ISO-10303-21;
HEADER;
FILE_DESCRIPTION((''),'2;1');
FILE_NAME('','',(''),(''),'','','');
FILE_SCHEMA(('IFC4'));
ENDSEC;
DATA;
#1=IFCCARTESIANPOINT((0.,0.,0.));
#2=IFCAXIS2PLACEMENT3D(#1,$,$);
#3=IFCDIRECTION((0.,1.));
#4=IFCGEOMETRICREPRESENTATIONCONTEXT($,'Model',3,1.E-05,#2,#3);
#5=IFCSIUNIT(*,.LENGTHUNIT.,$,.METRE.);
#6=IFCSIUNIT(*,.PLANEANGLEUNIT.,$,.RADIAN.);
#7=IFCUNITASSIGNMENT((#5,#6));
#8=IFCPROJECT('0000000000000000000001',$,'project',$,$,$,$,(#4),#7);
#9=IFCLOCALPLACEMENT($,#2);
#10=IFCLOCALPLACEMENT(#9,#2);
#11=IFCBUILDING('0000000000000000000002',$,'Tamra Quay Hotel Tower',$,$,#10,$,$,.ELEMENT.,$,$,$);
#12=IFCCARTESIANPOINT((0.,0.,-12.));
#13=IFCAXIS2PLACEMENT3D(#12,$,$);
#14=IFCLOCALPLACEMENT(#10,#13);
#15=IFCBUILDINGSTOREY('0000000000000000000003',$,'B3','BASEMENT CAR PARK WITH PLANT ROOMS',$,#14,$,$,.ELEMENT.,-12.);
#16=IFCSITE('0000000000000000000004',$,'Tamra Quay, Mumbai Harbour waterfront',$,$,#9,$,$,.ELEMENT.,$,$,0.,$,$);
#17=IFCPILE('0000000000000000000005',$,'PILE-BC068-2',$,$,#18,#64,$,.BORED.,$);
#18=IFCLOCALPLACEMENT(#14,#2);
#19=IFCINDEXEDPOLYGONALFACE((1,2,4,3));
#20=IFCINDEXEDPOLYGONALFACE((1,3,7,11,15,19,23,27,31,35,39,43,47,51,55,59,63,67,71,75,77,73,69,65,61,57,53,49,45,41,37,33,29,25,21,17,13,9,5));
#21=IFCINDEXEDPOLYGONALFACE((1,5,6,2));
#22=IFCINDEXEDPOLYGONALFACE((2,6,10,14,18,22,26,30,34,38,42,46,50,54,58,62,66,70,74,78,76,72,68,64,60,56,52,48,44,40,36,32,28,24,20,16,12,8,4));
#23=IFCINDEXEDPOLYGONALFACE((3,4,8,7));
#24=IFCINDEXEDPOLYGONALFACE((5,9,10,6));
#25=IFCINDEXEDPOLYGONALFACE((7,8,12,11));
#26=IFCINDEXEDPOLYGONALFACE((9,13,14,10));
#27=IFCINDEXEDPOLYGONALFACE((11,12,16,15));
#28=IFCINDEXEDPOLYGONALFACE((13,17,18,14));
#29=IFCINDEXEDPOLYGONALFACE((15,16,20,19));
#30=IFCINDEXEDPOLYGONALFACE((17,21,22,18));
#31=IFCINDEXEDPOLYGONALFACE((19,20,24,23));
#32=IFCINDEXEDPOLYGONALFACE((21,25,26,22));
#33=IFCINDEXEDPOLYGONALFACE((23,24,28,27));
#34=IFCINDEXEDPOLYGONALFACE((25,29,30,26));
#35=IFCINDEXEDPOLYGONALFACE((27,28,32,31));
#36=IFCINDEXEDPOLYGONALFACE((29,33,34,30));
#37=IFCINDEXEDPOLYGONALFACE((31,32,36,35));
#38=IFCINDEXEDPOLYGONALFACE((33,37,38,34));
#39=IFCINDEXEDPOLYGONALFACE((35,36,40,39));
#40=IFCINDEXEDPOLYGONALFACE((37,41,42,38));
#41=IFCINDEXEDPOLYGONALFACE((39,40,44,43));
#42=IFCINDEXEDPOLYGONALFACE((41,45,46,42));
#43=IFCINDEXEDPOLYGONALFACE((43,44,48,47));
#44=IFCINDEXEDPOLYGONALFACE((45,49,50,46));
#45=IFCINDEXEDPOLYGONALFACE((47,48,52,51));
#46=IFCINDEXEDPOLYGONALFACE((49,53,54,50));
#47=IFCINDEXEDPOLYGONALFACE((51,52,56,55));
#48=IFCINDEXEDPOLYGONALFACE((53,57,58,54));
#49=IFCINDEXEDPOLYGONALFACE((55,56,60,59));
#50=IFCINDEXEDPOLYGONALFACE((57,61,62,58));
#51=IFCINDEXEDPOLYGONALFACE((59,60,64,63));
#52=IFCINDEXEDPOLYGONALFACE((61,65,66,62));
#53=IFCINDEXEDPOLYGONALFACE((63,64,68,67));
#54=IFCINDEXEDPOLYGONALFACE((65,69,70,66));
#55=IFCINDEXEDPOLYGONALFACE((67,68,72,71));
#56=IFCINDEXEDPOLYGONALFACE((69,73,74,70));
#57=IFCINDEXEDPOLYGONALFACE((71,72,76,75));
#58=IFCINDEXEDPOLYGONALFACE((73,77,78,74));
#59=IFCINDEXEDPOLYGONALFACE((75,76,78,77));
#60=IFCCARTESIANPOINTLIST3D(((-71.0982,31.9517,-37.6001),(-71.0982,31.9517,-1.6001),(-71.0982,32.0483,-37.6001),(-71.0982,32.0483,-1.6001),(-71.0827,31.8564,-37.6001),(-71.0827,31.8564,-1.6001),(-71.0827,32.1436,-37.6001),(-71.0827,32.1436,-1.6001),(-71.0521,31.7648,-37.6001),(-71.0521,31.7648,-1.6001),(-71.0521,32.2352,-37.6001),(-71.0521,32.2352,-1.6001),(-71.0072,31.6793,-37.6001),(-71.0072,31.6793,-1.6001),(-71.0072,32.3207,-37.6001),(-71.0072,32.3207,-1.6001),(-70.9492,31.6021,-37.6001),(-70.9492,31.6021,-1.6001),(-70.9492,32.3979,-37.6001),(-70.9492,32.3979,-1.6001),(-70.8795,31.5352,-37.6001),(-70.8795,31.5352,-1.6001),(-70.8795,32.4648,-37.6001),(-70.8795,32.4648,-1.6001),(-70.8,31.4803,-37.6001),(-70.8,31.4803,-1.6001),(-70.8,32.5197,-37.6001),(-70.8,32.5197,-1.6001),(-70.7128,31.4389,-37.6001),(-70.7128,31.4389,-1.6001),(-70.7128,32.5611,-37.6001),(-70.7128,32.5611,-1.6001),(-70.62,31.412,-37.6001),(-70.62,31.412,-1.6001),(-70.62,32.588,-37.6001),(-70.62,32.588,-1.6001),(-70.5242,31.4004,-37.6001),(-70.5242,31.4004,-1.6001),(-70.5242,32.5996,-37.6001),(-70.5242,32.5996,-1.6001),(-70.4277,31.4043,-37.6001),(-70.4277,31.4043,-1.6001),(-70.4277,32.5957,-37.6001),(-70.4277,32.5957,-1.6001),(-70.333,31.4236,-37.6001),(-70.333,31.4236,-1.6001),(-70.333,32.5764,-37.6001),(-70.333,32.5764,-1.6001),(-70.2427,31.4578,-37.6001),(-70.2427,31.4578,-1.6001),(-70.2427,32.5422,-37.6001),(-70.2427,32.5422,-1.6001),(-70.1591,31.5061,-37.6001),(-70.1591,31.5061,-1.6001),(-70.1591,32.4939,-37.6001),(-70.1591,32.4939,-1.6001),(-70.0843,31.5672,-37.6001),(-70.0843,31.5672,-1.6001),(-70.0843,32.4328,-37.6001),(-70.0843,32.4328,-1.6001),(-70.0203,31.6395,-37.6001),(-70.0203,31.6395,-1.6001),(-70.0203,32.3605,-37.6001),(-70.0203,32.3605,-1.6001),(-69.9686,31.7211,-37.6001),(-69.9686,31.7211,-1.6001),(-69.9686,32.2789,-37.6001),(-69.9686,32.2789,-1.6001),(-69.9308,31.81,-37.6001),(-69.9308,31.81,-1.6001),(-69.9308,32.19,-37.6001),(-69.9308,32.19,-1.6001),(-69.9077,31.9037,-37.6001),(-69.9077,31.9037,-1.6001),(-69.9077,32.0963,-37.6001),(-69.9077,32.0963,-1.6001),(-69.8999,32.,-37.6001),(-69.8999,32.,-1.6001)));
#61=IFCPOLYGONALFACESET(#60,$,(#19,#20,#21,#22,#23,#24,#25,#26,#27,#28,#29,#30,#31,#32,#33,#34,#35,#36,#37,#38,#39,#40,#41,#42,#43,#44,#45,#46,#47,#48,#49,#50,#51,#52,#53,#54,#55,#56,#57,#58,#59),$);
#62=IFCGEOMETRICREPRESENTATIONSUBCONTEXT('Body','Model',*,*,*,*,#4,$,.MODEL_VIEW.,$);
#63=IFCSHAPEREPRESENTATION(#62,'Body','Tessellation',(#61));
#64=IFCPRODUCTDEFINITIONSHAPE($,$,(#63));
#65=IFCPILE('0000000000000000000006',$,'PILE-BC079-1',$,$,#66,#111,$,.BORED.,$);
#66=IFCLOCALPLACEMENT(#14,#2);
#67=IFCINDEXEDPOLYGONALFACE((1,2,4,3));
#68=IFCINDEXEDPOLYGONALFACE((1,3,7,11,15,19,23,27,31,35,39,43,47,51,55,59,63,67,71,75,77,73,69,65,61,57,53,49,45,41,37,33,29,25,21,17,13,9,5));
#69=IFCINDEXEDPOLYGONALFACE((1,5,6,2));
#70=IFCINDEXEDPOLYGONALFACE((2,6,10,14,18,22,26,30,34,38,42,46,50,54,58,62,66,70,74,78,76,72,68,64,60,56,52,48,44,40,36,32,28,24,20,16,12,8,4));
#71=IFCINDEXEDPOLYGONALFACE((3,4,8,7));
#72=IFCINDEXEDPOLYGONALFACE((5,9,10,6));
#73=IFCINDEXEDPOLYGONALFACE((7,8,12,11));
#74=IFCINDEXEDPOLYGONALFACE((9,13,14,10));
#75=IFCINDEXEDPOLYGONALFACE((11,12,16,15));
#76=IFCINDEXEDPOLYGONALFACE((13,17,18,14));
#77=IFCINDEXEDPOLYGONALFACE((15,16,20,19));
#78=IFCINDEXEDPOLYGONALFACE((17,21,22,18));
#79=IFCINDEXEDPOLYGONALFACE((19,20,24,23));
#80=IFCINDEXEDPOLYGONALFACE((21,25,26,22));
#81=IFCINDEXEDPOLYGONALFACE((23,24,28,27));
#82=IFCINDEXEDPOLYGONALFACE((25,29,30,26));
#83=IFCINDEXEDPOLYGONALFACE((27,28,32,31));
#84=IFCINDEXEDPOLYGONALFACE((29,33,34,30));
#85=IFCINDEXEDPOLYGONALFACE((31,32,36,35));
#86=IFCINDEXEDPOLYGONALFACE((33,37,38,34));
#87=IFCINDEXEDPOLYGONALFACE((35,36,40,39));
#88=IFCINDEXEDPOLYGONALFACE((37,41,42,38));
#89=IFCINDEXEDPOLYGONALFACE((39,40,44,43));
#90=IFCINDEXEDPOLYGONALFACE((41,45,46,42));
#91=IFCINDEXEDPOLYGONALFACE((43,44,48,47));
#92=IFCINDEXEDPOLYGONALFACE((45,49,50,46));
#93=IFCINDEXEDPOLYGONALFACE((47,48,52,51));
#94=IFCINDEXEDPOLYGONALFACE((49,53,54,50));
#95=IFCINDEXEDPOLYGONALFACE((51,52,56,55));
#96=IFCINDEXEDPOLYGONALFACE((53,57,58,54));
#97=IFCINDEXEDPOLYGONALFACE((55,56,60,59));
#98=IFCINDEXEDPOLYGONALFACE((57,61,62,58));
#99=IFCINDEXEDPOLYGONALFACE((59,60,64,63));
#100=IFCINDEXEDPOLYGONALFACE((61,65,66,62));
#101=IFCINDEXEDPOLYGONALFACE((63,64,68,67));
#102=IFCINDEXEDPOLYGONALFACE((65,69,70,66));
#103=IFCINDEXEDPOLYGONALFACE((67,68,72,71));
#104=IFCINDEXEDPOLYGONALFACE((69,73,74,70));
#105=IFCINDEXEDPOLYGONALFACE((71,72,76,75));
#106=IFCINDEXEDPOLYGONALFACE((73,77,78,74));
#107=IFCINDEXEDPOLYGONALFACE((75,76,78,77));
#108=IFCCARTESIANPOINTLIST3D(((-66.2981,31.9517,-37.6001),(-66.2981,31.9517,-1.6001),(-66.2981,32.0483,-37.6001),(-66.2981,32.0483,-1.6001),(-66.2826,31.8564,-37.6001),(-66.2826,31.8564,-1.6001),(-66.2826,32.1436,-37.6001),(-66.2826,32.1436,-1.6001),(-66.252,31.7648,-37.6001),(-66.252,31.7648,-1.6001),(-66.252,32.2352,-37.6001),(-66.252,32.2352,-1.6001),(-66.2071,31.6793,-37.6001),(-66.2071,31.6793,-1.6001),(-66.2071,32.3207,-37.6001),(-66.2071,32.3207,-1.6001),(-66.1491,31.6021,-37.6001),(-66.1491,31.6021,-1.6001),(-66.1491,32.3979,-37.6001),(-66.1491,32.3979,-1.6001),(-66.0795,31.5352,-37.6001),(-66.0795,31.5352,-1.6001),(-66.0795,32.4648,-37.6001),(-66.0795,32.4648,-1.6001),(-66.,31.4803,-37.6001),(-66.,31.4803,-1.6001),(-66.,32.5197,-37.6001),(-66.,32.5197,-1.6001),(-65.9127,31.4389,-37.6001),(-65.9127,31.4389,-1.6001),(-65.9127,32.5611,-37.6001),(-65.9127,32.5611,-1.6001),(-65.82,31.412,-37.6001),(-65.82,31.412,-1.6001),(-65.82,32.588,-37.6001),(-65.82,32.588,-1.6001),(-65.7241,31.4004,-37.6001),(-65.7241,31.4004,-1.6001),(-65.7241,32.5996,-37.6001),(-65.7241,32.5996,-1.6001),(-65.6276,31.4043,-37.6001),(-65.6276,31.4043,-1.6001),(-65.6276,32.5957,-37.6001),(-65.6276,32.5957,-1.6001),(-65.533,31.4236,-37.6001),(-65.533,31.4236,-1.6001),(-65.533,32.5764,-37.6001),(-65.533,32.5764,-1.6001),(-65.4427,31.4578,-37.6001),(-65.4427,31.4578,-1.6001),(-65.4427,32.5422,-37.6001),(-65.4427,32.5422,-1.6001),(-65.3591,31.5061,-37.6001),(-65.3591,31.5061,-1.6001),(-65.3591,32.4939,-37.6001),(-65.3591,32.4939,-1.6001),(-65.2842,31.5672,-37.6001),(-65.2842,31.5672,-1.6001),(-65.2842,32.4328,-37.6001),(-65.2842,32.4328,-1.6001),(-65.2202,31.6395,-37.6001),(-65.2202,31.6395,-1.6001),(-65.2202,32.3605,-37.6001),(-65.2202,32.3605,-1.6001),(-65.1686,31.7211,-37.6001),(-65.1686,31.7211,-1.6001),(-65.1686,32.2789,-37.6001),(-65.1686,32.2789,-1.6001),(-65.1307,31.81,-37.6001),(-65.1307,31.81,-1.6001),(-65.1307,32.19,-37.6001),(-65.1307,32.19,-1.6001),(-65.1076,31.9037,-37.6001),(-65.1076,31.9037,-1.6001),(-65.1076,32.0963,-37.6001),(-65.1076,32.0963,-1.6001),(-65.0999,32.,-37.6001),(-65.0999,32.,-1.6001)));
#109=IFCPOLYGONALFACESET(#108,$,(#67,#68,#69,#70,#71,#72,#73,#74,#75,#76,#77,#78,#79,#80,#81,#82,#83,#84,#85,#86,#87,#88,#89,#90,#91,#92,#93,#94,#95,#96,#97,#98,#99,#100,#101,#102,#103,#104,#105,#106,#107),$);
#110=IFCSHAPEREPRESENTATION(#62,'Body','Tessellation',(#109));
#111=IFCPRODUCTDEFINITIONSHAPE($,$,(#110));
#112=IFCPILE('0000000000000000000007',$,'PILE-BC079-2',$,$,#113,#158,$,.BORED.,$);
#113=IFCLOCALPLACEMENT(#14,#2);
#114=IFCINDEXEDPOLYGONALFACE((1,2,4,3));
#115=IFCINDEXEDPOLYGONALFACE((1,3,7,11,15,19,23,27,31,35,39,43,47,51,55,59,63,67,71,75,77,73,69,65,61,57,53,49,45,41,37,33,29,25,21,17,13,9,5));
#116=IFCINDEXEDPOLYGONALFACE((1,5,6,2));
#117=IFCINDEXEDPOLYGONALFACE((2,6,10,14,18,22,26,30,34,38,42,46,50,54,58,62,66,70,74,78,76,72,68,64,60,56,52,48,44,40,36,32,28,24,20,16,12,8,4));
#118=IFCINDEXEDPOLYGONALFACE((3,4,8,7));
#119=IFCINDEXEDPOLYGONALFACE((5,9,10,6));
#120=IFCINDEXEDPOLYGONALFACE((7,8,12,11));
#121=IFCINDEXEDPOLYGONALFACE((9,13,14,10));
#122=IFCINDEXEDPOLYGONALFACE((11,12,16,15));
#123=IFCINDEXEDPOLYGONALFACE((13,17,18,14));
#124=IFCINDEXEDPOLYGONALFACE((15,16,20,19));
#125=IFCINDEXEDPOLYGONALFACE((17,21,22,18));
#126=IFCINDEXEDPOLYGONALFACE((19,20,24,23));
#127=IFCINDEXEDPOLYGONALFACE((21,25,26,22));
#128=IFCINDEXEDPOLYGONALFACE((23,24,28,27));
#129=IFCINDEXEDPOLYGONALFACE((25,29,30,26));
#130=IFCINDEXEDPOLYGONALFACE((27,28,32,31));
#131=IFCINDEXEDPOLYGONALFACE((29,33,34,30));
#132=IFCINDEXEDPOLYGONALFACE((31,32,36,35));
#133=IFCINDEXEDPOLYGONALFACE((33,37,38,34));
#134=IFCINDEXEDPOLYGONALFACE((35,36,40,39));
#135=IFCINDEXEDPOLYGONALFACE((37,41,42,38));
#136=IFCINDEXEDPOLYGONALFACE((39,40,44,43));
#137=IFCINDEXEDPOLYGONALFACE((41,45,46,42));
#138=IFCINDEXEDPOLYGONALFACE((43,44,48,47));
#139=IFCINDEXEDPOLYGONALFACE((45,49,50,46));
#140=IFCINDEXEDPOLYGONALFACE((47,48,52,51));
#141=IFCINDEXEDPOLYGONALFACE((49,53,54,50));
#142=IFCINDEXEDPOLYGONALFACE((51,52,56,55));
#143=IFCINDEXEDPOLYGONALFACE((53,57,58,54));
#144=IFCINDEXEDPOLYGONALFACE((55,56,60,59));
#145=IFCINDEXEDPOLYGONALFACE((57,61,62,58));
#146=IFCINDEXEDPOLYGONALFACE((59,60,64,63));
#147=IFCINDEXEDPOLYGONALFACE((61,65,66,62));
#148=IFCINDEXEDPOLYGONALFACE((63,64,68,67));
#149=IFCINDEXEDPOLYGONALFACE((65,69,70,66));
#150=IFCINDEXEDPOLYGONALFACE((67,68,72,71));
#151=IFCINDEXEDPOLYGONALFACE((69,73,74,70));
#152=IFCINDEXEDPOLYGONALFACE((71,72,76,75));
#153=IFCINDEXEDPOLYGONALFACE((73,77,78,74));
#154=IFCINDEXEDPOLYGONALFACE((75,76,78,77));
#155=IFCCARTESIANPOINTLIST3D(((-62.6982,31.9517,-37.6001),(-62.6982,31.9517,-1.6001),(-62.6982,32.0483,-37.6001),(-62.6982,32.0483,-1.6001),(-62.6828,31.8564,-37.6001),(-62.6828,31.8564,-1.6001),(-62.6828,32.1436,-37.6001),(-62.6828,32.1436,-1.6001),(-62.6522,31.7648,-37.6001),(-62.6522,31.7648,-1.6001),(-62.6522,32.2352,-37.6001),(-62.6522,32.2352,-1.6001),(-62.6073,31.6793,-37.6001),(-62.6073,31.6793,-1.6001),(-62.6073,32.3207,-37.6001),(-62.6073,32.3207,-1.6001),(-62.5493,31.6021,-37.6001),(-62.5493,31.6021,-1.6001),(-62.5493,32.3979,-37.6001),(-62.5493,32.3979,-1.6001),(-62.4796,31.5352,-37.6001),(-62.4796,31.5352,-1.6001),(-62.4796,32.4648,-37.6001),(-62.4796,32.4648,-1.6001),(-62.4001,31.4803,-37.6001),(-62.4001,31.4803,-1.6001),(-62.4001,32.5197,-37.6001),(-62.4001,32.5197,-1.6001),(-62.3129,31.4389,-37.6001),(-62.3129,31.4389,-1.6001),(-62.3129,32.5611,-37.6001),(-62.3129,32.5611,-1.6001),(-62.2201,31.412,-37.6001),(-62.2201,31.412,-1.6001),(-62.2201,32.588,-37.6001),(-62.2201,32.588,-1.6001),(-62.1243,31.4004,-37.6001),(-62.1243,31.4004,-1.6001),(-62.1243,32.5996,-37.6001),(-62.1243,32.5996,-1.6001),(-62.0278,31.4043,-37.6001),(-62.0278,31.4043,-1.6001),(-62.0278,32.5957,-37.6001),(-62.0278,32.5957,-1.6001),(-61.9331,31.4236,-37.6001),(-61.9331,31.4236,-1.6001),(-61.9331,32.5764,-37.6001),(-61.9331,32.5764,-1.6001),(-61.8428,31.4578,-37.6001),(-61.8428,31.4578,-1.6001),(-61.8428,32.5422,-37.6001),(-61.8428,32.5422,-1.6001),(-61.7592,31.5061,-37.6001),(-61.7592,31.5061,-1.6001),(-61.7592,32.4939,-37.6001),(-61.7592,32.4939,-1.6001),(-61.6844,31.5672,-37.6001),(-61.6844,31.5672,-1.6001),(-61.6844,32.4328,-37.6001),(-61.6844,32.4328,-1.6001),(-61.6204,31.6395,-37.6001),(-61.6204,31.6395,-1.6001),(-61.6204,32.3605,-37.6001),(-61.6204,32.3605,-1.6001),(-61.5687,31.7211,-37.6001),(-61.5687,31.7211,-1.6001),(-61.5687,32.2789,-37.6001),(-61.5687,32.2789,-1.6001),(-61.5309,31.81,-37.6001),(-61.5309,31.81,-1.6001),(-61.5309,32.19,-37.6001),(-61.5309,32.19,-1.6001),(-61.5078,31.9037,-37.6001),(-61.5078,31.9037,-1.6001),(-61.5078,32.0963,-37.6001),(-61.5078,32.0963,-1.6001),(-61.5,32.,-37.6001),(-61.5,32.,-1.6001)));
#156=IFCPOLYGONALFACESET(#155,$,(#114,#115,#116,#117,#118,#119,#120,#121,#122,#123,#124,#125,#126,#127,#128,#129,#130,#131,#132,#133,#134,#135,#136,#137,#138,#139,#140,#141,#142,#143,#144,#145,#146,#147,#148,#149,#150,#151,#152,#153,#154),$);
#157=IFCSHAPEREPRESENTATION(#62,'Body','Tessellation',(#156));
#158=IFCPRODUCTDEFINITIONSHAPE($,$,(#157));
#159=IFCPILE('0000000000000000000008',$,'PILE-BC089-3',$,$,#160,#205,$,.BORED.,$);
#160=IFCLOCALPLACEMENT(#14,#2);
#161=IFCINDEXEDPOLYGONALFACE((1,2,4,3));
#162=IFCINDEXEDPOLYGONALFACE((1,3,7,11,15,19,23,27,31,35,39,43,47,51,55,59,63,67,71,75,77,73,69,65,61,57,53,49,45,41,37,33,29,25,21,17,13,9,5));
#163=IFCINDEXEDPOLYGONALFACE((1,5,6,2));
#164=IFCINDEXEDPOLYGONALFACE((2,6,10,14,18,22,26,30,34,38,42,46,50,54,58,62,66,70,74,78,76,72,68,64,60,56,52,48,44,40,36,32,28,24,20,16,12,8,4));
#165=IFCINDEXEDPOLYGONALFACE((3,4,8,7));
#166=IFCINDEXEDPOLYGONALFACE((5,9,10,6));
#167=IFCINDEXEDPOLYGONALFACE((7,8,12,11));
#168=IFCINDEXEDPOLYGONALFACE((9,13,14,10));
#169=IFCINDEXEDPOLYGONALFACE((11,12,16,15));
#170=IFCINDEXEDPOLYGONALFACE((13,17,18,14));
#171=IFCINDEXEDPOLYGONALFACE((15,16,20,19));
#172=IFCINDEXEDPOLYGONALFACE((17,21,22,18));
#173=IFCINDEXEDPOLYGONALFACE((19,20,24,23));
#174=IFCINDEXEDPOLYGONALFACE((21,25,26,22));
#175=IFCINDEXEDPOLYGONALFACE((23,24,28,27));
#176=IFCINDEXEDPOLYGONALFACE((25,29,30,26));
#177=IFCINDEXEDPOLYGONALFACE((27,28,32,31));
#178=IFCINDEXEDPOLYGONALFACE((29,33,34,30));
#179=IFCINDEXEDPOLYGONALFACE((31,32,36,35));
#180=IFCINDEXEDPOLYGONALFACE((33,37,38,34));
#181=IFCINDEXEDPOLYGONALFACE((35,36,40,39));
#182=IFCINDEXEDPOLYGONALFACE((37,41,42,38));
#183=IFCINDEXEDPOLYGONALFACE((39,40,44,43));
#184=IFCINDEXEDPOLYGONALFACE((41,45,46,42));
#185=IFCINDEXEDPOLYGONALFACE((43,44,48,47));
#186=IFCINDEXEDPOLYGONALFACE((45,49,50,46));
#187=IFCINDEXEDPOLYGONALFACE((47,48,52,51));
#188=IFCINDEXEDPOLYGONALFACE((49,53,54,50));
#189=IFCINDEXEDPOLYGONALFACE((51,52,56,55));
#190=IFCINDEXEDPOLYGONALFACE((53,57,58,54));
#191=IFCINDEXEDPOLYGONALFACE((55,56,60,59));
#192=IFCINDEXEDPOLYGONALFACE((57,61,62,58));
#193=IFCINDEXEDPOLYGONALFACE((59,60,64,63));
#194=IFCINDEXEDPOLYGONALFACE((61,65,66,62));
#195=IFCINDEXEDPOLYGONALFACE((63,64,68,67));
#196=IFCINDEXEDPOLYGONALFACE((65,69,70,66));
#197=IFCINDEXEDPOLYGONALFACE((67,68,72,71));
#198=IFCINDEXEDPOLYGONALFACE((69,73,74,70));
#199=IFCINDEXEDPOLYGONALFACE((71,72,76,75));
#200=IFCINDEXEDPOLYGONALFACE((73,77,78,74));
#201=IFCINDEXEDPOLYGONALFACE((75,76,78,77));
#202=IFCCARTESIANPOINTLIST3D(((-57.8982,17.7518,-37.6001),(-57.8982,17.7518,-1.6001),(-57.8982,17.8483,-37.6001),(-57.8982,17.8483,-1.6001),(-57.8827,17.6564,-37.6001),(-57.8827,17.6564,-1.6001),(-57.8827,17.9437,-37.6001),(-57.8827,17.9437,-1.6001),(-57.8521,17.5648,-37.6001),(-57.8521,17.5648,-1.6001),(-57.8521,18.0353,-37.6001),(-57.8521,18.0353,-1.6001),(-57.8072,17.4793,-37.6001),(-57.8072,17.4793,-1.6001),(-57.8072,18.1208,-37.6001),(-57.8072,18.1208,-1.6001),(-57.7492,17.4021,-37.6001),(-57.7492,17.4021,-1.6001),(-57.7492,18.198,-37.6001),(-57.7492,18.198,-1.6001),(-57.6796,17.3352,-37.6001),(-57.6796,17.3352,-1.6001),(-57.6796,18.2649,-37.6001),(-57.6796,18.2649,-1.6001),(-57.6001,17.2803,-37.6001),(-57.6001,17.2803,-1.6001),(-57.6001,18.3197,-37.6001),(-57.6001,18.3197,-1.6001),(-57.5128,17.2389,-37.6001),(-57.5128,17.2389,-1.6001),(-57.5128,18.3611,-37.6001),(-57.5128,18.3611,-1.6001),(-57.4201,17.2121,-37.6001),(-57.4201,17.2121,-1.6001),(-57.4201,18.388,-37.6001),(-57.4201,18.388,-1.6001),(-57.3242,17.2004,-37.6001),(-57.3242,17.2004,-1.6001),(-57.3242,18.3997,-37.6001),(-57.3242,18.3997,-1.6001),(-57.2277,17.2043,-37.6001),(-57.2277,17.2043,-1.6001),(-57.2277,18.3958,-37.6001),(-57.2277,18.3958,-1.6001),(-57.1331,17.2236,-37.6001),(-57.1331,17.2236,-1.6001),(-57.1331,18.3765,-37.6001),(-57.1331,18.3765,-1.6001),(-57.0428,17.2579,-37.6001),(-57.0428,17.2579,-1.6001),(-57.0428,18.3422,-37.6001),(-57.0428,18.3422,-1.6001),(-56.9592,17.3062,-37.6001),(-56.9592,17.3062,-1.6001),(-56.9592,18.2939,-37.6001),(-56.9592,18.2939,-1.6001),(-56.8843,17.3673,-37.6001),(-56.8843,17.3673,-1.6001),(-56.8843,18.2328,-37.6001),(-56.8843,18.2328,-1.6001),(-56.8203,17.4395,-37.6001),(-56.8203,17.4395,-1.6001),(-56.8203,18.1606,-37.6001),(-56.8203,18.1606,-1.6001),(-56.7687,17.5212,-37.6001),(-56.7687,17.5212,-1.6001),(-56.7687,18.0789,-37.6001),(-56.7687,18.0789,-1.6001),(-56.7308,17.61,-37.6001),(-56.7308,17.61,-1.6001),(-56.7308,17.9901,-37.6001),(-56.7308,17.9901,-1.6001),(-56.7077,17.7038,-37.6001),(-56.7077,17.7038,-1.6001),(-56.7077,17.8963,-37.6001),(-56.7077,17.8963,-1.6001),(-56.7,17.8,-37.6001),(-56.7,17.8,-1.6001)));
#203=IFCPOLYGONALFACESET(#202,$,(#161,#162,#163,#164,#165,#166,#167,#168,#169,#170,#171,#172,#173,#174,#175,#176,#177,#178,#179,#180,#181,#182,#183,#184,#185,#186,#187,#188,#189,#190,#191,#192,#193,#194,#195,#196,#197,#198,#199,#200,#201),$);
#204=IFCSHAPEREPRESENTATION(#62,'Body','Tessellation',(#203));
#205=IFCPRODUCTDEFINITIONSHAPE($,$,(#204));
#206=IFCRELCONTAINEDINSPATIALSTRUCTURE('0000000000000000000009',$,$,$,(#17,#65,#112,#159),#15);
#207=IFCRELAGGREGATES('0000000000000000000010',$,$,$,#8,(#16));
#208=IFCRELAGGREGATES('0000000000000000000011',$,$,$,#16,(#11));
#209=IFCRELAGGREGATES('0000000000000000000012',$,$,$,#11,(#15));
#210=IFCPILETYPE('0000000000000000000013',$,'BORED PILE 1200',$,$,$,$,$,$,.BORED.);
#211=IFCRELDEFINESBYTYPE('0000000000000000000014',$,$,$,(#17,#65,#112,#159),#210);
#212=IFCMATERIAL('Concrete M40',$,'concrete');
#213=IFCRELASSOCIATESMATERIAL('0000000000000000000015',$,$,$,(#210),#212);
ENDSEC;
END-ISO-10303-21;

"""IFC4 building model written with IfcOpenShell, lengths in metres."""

from ifc_helpers import new_model, si_unit, direction, frame, origin, origin_2d, place, context, subcontext, project, spatial, circle, extrude, material, material_profile, profile_set, type_object, element, save


model = new_model("IFC4")

# Units and contexts
model_context = context("Model", 3, precision=1e-05, world=origin(), true_north=direction((0.0, 1.0)))
body_context = subcontext(model_context, "Body", "Model", "MODEL_VIEW")
ifc_project = project(units=[si_unit("LENGTHUNIT", "METRE"), si_unit("PLANEANGLEUNIT", "RADIAN")], contexts=[model_context])

# Site, building, storey
site_placement = place(None, origin())
site = spatial("IfcSite", under=ifc_project, at=site_placement, Name="Tamra Quay, Mumbai Harbour waterfront", CompositionType="ELEMENT", RefElevation=0.0)
building_placement = place(site_placement, origin())
building = spatial("IfcBuilding", under=site, at=building_placement, Name="Tamra Quay Hotel Tower", CompositionType="ELEMENT")
storey_placement = place(building_placement, frame((0.0, 0.0, -12.0)))
storey = spatial("IfcBuildingStorey", under=building, at=storey_placement, Name="B3", Description="BASEMENT CAR PARK WITH PLANT ROOMS", CompositionType="ELEMENT", Elevation=-12.0)

# Piles
ifc_material_1 = material(Name="Concrete M40", Category="concrete")
ifc_material_profile_1 = material_profile(ifc_material_1, circle(Radius=0.6001, at=origin_2d()), Name="BORED PILE 1200")
ifc_profile_set_1 = profile_set([ifc_material_profile_1], Name="Concrete M40")
pile_type = type_object("IfcPileType", Name="BORED PILE 1200", PredefinedType="BORED", material=ifc_profile_set_1)
for number, where, z_axis, x_axis, name in (
    (1, (-70.5, 32.0, -1.6001), (0.0, 0.0, -1.0), (1.0, 0.0, 0.0), "PILE-BC068-2"),
    (2, (-65.7, 32.0, -1.6001), (0.0, 0.0, -1.0), (1.0, 0.0, 0.0), "PILE-BC079-1"),
    (3, (-62.1001, 32.0, -1.6001), (0.0, 0.0, -1.0), (1.0, 0.0, 0.0), "PILE-BC079-2"),
    (4, (-57.3, 17.8, -1.6001), (0.0, 0.0, -1.0), (1.0, 0.0, 0.0), "PILE-BC089-3"),
):
    element("IfcPile", number, at=place(storey_placement, frame(where, z_axis=z_axis, x_axis=x_axis)), inside=storey, type_object=pile_type, Name=name, PredefinedType="BORED", context=body_context, shape_type="SweptSolid", body=[
        extrude(circle(Radius=0.6001, at=origin_2d()), origin(), (0.0, 0.0, 1.0), 36.0),
    ])

save(model, "model.ifc")
